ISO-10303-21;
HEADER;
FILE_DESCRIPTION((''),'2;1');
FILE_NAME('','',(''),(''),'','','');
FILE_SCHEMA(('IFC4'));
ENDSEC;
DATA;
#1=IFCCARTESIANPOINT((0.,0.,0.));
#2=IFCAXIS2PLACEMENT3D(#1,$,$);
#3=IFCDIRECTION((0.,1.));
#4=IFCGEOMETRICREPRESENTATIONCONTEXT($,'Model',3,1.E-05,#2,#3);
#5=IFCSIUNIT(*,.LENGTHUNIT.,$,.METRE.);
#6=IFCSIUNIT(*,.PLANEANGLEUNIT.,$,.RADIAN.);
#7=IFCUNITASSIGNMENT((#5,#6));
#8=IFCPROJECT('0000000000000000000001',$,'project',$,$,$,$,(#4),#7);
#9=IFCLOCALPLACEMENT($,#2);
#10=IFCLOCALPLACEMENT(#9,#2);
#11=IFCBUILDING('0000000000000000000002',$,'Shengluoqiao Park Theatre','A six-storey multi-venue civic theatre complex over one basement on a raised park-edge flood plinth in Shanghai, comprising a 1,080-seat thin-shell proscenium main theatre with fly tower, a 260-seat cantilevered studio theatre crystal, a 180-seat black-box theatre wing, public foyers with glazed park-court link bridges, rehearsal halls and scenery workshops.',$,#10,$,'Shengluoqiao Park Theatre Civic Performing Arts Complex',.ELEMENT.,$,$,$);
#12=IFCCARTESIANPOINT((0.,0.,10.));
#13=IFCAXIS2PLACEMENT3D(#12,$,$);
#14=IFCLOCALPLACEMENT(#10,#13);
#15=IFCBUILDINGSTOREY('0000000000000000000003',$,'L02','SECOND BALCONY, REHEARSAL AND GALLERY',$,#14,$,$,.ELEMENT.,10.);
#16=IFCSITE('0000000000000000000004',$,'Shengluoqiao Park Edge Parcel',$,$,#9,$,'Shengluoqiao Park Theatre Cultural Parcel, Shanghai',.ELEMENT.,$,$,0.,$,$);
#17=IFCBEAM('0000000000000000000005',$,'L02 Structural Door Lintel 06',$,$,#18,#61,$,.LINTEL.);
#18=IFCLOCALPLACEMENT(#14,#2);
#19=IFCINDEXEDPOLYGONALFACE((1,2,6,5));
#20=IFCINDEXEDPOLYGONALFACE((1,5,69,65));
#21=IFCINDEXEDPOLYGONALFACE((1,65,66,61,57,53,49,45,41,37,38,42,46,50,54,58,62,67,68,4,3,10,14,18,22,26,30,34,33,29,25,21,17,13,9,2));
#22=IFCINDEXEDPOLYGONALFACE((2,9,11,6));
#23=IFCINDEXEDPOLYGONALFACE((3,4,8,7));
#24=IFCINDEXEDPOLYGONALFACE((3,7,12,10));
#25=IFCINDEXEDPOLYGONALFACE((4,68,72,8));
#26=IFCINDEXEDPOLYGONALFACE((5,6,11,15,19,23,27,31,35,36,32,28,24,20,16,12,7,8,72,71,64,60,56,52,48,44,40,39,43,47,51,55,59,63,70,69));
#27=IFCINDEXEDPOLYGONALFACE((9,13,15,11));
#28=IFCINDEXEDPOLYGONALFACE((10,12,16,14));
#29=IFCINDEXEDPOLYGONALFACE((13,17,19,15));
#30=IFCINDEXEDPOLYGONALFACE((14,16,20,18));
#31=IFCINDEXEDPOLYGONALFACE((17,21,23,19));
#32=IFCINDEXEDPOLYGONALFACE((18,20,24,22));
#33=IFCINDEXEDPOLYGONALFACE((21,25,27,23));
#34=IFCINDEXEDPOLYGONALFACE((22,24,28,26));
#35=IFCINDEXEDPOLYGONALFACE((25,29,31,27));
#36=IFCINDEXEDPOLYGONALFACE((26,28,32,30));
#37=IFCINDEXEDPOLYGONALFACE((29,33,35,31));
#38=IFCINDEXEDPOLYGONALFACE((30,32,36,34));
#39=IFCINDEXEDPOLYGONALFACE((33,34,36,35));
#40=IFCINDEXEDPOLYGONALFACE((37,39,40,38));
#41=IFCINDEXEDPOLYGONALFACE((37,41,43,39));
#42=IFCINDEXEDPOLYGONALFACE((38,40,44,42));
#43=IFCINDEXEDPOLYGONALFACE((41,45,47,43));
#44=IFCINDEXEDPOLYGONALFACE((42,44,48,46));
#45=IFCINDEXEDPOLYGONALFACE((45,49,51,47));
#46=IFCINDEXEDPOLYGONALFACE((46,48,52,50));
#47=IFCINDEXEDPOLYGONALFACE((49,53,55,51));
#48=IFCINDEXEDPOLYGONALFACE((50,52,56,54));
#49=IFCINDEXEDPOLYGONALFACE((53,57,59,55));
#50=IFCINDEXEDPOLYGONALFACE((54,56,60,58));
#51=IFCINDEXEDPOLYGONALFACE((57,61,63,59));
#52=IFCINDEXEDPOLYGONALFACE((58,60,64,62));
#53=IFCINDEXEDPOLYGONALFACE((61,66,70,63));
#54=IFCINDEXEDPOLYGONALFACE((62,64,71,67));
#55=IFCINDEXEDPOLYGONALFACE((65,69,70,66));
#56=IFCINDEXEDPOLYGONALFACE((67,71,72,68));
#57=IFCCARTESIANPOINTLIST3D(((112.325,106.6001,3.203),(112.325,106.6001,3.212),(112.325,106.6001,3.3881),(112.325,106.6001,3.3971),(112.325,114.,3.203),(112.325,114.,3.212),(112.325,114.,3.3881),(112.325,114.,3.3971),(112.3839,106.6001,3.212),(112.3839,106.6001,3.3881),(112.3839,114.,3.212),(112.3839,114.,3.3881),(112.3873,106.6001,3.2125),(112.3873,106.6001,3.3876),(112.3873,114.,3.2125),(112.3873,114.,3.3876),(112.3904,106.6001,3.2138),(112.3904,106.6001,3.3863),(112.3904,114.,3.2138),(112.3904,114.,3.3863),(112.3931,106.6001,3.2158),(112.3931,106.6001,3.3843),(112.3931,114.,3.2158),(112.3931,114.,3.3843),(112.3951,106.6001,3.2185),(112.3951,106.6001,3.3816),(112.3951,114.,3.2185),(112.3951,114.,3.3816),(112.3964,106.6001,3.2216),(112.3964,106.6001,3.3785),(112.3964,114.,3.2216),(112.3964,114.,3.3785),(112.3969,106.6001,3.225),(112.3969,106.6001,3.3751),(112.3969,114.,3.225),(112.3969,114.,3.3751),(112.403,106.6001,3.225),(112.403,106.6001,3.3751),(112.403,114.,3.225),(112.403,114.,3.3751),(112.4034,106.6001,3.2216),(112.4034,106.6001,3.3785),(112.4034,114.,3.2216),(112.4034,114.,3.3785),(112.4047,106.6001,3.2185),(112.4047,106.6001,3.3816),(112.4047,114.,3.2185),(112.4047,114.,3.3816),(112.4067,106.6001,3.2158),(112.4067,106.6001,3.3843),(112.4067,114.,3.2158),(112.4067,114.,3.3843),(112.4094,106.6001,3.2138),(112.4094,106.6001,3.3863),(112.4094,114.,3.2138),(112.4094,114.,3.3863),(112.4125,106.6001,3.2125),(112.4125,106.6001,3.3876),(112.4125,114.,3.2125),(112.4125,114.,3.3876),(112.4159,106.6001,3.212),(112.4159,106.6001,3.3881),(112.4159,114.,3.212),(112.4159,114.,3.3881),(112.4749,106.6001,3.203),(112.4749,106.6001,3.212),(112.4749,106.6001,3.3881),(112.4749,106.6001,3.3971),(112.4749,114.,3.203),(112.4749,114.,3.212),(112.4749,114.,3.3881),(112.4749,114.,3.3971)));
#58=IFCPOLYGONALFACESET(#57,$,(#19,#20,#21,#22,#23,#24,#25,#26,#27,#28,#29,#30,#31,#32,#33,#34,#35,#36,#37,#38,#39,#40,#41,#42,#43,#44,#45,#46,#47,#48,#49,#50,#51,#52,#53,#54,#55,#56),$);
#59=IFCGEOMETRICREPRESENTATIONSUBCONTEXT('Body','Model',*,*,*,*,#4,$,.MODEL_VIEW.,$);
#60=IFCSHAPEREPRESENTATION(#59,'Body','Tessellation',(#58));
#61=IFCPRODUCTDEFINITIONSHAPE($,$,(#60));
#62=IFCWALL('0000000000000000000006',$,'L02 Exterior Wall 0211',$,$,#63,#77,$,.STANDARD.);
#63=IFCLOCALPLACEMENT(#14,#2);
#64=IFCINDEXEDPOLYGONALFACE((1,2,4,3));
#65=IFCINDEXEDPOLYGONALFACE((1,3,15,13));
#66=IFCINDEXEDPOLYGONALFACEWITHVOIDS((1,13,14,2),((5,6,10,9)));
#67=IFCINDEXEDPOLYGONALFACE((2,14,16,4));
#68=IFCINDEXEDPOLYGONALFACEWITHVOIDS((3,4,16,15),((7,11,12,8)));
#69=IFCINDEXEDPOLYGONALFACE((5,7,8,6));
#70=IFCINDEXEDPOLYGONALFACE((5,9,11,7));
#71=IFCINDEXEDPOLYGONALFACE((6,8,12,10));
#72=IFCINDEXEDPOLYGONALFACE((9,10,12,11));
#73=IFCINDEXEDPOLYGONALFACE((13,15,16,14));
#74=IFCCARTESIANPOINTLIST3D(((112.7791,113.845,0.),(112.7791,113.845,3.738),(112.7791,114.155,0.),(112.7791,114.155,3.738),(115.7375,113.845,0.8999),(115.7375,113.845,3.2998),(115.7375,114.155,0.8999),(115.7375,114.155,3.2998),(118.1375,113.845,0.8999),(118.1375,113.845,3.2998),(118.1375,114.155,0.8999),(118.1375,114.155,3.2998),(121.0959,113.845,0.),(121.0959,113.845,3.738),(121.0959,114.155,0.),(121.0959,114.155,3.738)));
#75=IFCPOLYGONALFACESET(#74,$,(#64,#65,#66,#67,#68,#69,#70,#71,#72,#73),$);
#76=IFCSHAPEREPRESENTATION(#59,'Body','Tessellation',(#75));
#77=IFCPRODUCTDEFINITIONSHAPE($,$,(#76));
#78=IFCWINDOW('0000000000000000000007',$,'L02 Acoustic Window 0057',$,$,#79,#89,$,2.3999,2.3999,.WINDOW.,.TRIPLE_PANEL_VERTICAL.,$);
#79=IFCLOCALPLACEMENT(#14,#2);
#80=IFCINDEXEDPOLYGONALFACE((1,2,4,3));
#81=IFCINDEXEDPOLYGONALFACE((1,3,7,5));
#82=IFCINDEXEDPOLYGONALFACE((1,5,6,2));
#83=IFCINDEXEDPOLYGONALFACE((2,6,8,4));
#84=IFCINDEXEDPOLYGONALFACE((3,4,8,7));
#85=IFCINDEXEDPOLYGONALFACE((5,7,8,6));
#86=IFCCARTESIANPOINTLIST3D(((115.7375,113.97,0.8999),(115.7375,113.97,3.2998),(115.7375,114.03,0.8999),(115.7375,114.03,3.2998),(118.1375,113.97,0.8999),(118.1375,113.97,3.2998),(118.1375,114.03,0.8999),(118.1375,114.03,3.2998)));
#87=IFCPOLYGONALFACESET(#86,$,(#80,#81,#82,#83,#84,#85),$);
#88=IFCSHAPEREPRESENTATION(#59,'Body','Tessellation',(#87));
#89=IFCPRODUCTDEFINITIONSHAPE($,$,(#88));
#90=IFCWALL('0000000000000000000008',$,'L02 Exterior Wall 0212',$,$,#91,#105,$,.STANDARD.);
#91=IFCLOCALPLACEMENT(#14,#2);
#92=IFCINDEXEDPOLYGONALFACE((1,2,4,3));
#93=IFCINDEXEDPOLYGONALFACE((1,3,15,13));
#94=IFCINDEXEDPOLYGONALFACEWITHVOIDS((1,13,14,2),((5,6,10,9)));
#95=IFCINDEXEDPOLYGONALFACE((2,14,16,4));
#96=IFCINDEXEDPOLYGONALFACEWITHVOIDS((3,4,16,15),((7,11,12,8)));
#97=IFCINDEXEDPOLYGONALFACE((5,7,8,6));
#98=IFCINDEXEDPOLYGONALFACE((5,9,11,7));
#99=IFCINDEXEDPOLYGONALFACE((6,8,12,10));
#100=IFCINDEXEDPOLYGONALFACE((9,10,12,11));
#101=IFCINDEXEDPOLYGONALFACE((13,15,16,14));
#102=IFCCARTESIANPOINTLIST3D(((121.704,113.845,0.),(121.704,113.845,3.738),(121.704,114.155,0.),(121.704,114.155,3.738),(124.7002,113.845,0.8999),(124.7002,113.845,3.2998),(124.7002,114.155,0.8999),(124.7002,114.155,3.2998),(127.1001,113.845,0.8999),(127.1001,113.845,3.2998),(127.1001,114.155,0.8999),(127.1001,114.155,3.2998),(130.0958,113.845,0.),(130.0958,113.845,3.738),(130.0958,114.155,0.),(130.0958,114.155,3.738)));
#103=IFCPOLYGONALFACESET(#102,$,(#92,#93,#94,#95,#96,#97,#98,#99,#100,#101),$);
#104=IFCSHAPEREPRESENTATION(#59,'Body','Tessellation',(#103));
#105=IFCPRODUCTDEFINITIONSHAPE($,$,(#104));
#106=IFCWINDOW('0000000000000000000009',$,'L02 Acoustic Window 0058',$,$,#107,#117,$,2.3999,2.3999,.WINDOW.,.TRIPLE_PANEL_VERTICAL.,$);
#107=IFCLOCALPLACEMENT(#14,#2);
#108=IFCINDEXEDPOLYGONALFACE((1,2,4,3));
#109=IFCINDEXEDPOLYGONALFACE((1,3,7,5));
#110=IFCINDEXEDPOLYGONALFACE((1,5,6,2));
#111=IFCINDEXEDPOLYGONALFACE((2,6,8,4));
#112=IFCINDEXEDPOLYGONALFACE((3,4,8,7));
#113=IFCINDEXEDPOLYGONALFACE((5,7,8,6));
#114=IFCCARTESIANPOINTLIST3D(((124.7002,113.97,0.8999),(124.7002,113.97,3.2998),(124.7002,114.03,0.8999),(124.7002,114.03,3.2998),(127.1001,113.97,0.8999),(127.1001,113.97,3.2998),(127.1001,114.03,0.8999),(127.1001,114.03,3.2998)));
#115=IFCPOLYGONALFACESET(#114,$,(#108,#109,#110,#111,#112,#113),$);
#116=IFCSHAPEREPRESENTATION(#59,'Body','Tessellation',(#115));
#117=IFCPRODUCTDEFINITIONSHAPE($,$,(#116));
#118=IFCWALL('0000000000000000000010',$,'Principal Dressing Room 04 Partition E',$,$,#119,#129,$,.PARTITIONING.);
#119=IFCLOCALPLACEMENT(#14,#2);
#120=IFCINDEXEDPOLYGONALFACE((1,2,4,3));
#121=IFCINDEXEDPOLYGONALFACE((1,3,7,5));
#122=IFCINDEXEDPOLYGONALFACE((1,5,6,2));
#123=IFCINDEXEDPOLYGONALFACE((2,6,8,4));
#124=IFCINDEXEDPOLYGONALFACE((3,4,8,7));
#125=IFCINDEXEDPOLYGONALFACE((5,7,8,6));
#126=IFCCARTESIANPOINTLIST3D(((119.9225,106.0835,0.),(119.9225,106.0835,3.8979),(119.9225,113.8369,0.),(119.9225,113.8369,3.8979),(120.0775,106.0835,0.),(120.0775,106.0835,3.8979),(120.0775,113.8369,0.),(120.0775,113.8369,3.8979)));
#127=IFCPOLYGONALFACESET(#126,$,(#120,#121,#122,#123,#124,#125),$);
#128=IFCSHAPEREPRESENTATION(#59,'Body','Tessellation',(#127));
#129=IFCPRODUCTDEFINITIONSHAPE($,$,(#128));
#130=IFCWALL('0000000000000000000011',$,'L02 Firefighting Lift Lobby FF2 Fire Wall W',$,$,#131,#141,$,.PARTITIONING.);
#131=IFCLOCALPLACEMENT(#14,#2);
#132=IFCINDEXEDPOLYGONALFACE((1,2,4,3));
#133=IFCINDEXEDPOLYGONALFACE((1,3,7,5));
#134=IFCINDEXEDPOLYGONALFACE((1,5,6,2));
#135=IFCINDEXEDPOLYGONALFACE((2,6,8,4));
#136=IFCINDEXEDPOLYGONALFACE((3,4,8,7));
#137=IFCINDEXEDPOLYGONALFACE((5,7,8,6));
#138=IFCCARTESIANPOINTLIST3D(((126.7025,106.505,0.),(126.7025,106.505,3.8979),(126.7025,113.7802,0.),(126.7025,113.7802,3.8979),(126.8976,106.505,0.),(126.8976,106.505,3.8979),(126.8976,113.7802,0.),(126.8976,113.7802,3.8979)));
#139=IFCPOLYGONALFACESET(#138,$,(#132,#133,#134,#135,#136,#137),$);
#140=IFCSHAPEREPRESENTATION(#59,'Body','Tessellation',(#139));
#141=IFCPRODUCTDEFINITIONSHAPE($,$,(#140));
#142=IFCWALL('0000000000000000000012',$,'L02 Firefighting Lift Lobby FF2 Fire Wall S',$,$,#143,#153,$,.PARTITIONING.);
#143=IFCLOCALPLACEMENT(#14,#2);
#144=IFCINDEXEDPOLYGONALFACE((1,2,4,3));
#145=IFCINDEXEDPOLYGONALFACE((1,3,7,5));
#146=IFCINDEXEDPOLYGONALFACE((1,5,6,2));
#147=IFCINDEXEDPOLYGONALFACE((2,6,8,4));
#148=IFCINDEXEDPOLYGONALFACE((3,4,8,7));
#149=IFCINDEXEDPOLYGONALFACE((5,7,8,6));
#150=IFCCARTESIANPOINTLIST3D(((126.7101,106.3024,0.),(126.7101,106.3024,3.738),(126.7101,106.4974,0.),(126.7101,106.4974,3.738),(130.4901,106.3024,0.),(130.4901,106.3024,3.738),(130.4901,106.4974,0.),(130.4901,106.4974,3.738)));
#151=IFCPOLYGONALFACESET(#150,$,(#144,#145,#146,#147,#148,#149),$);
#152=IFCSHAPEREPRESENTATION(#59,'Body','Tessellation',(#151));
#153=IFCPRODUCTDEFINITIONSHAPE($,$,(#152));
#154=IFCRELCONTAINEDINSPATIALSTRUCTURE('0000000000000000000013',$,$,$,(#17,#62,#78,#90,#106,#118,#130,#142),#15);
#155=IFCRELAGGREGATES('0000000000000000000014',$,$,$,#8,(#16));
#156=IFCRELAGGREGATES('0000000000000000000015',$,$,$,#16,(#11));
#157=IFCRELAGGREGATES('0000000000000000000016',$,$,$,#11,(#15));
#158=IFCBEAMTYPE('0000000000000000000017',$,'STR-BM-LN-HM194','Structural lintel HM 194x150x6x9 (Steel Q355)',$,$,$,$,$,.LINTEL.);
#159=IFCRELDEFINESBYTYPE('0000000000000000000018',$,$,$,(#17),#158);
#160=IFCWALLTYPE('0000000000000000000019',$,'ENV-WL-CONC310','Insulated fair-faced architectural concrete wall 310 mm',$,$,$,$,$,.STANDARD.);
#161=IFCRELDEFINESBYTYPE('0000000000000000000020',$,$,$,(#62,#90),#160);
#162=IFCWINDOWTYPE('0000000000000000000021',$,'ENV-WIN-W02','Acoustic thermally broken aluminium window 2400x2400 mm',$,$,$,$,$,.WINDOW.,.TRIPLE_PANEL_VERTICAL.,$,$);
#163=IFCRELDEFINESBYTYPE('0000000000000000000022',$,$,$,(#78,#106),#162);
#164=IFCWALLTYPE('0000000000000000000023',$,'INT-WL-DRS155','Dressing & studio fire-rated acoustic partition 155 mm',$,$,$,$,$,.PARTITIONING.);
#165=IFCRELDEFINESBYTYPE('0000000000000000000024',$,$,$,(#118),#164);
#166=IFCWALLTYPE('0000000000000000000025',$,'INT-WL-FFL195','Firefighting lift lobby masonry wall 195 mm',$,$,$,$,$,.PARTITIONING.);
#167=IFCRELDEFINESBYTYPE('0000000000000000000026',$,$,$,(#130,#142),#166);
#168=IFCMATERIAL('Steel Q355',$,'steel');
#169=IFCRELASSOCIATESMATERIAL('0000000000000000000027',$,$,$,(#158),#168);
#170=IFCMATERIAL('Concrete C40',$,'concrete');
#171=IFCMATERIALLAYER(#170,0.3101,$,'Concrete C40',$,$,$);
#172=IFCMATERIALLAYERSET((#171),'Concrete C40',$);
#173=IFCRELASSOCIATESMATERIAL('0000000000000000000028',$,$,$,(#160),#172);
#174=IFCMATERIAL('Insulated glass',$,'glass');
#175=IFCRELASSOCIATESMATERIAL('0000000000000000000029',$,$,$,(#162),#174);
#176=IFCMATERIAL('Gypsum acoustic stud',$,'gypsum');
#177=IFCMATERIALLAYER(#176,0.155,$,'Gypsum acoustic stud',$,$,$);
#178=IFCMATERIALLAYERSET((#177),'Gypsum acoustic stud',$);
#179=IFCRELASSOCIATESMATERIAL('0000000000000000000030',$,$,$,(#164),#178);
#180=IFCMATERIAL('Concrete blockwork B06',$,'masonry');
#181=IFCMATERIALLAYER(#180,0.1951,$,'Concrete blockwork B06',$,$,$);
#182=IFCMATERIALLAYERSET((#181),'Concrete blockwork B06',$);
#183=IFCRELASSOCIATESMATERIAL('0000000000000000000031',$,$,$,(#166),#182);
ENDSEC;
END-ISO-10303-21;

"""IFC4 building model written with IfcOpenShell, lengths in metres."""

from ifc_helpers import new_model, si_unit, direction, frame, frame_2d, origin, origin_2d, place, context, subcontext, project, spatial, rectangle, i_section, extrude, material, layer, layer_set, material_profile, profile_set, type_object, element, fill, save


model = new_model("IFC4")

# Units and contexts
model_context = context("Model", 3, precision=1e-05, world=origin(), true_north=direction((0.0, 1.0)))
body_context = subcontext(model_context, "Body", "Model", "MODEL_VIEW")
ifc_project = project(units=[si_unit("LENGTHUNIT", "METRE"), si_unit("PLANEANGLEUNIT", "RADIAN")], contexts=[model_context])

# Site, building, storey
site_placement = place(None, origin())
site = spatial("IfcSite", under=ifc_project, at=site_placement, Name="Shengluoqiao Park Edge Parcel", LongName="Shengluoqiao Park Theatre Cultural Parcel, Shanghai", CompositionType="ELEMENT", RefElevation=0.0)
building_placement = place(site_placement, origin())
building = spatial("IfcBuilding", under=site, at=building_placement, Name="Shengluoqiao Park Theatre", Description="A six-storey multi-venue civic theatre complex over one basement on a raised park-edge flood plinth in Shanghai, comprising a 1,080-seat thin-shell proscenium main theatre with fly tower, a 260-seat cantilevered studio theatre crystal, a 180-seat black-box theatre wing, public foyers with glazed park-court link bridges, rehearsal halls and scenery workshops.", LongName="Shengluoqiao Park Theatre Civic Performing Arts Complex", CompositionType="ELEMENT")
storey_placement = place(building_placement, frame((0.0, 0.0, 10.0)))
storey = spatial("IfcBuildingStorey", under=building, at=storey_placement, Name="L02", Description="SECOND BALCONY, REHEARSAL AND GALLERY", CompositionType="ELEMENT", Elevation=10.0)

# Shared definitions
ifc_material_1 = material(Name="Concrete C40", Category="concrete")

# Beam
ifc_material_2 = material(Name="Steel Q355", Category="steel")
ifc_material_profile_1 = material_profile(ifc_material_2, i_section(OverallWidth=0.1499, OverallDepth=0.1941, WebThickness=0.0061, FlangeThickness=0.009, FilletRadius=0.0129, at=origin_2d()), Name="HM 194x150x6x9")
ifc_profile_set_1 = profile_set([ifc_material_profile_1], Name="Steel Q355")
beam_type_1 = type_object("IfcBeamType", Name="STR-BM-LN-HM194", Description="Structural lintel HM 194x150x6x9 (Steel Q355)", PredefinedType="LINTEL", material=ifc_profile_set_1)
beam_1_placement = place(storey_placement, frame((112.3999, 106.6001, 3.3), z_axis=(0.0, 1.0, 0.0), x_axis=(-1.0, 0.0, 0.0)))
element("IfcBeam", 1, at=beam_1_placement, inside=storey, type_object=beam_type_1, Name="L02 Structural Door Lintel 06", PredefinedType="LINTEL", context=body_context, shape_type="SweptSolid", body=[
    extrude(i_section(OverallWidth=0.1499, OverallDepth=0.1941, WebThickness=0.0061, FlangeThickness=0.009, FilletRadius=0.0129, at=origin_2d()), origin(), (0.0, 0.0, 1.0), 7.3999),
])

# Walls, openings, windows
ifc_layer_1 = layer(ifc_material_1, 0.3101, Name="Concrete C40")
ifc_layer_set_1 = layer_set([ifc_layer_1], Name="Concrete C40")
wall_type_1 = type_object("IfcWallType", Name="ENV-WL-CONC310", Description="Insulated fair-faced architectural concrete wall 310 mm", PredefinedType="STANDARD", material=ifc_layer_set_1)
wall_1_placement = place(storey_placement, frame((112.7791, 114.0, 0.0), z_axis=(0.0, 0.0, 1.0), x_axis=(1.0, 0.0, 0.0)))
wall_1 = element("IfcWall", 2, at=wall_1_placement, inside=storey, type_object=wall_type_1, Name="L02 Exterior Wall 0211", PredefinedType="STANDARD", context=body_context, shape_type="SweptSolid", body=[
    extrude(rectangle(XDim=8.3169, YDim=0.3101, at=frame_2d((4.1584, 0.0))), origin(), (0.0, 0.0, 1.0), 3.738),
])
opening_1_placement = place(wall_1_placement, frame((2.9585, 0.0, 0.8999)))
opening_1 = element("IfcOpeningElement", 3, at=opening_1_placement, cuts=wall_1, PredefinedType="OPENING", context=body_context, shape_type="SweptSolid", body=[
    extrude(rectangle(XDim=2.3999, YDim=2.3999, at=frame_2d((1.2, 1.2))), frame((0.0, 0.165, 0.0), z_axis=(0.0, -1.0, 0.0), x_axis=(1.0, 0.0, 0.0)), (0.0, 0.0, 1.0), 0.3301),
])
ifc_material_3 = material(Name="Insulated glass", Category="glass")
window_type = type_object("IfcWindowType", Name="ENV-WIN-W02", Description="Acoustic thermally broken aluminium window 2400x2400 mm", PartitioningType="TRIPLE_PANEL_VERTICAL", PredefinedType="WINDOW", material=ifc_material_3)
window_1_placement = place(opening_1_placement, origin())
window_1 = element("IfcWindow", 4, at=window_1_placement, inside=storey, type_object=window_type, Name="L02 Acoustic Window 0057", OverallHeight=2.3999, OverallWidth=2.3999, PartitioningType="TRIPLE_PANEL_VERTICAL", PredefinedType="WINDOW", context=body_context, shape_type="SweptSolid", body=[
    extrude(rectangle(XDim=2.3999, YDim=2.3999, at=frame_2d((1.2, 1.2))), frame((0.0, 0.03, 0.0), z_axis=(0.0, -1.0, 0.0), x_axis=(1.0, 0.0, 0.0)), (0.0, 0.0, 1.0), 0.0601),
])
fill(opening_1, window_1)
wall_2_placement = place(storey_placement, frame((121.7041, 114.0, 0.0), z_axis=(0.0, 0.0, 1.0), x_axis=(1.0, 0.0, 0.0)))
wall_2 = element("IfcWall", 5, at=wall_2_placement, inside=storey, type_object=wall_type_1, Name="L02 Exterior Wall 0212", PredefinedType="STANDARD", context=body_context, shape_type="SweptSolid", body=[
    extrude(rectangle(XDim=8.3918, YDim=0.3101, at=frame_2d((4.1958, 0.0))), origin(), (0.0, 0.0, 1.0), 3.738),
])
opening_2_placement = place(wall_2_placement, frame((2.9961, 0.0, 0.8999)))
opening_2 = element("IfcOpeningElement", 6, at=opening_2_placement, cuts=wall_2, PredefinedType="OPENING", context=body_context, shape_type="SweptSolid", body=[
    extrude(rectangle(XDim=2.3999, YDim=2.3999, at=frame_2d((1.2, 1.2))), frame((0.0, 0.165, 0.0), z_axis=(0.0, -1.0, 0.0), x_axis=(1.0, 0.0, 0.0)), (0.0, 0.0, 1.0), 0.3301),
])
window_2_placement = place(opening_2_placement, origin())
window_2 = element("IfcWindow", 7, at=window_2_placement, inside=storey, type_object=window_type, Name="L02 Acoustic Window 0058", OverallHeight=2.3999, OverallWidth=2.3999, PartitioningType="TRIPLE_PANEL_VERTICAL", PredefinedType="WINDOW", context=body_context, shape_type="SweptSolid", body=[
    extrude(rectangle(XDim=2.3999, YDim=2.3999, at=frame_2d((1.2, 1.2))), frame((0.0, 0.03, 0.0), z_axis=(0.0, -1.0, 0.0), x_axis=(1.0, 0.0, 0.0)), (0.0, 0.0, 1.0), 0.0601),
])
fill(opening_2, window_2)

# Walls
ifc_material_4 = material(Name="Gypsum acoustic stud", Category="gypsum")
ifc_layer_2 = layer(ifc_material_4, 0.155, Name="Gypsum acoustic stud")
ifc_layer_set_2 = layer_set([ifc_layer_2], Name="Gypsum acoustic stud")
wall_type_2 = type_object("IfcWallType", Name="INT-WL-DRS155", Description="Dressing & studio fire-rated acoustic partition 155 mm", PredefinedType="PARTITIONING", material=ifc_layer_set_2)
wall_3_placement = place(storey_placement, frame((120.0, 106.0835, 0.0), z_axis=(0.0, 0.0, 1.0), x_axis=(0.0, 1.0, 0.0)))
element("IfcWall", 8, at=wall_3_placement, inside=storey, type_object=wall_type_2, Name="Principal Dressing Room 04 Partition E", PredefinedType="PARTITIONING", context=body_context, shape_type="SweptSolid", body=[
    extrude(rectangle(XDim=7.7534, YDim=0.155, at=frame_2d((3.8767, 0.0))), origin(), (0.0, 0.0, 1.0), 3.8979),
])
ifc_material_5 = material(Name="Concrete blockwork B06", Category="masonry")
ifc_layer_3 = layer(ifc_material_5, 0.1951, Name="Concrete blockwork B06")
ifc_layer_set_3 = layer_set([ifc_layer_3], Name="Concrete blockwork B06")
wall_type_3 = type_object("IfcWallType", Name="INT-WL-FFL195", Description="Firefighting lift lobby masonry wall 195 mm", PredefinedType="PARTITIONING", material=ifc_layer_set_3)
wall_4_placement = place(storey_placement, frame((126.8, 106.5049, 0.0), z_axis=(0.0, 0.0, 1.0), x_axis=(0.0, 1.0, 0.0)))
element("IfcWall", 9, at=wall_4_placement, inside=storey, type_object=wall_type_3, Name="L02 Firefighting Lift Lobby FF2 Fire Wall W", PredefinedType="PARTITIONING", context=body_context, shape_type="SweptSolid", body=[
    extrude(rectangle(XDim=7.2751, YDim=0.1951, at=frame_2d((3.6377, 0.0))), origin(), (0.0, 0.0, 1.0), 3.8979),
])
wall_5_placement = place(storey_placement, frame((126.71, 106.3999, 0.0), z_axis=(0.0, 0.0, 1.0), x_axis=(1.0, 0.0, 0.0)))
element("IfcWall", 10, at=wall_5_placement, inside=storey, type_object=wall_type_3, Name="L02 Firefighting Lift Lobby FF2 Fire Wall S", PredefinedType="PARTITIONING", context=body_context, shape_type="SweptSolid", body=[
    extrude(rectangle(XDim=3.78, YDim=0.1951, at=frame_2d((1.8901, 0.0))), origin(), (0.0, 0.0, 1.0), 3.738),
])

save(model, "model.ifc")
